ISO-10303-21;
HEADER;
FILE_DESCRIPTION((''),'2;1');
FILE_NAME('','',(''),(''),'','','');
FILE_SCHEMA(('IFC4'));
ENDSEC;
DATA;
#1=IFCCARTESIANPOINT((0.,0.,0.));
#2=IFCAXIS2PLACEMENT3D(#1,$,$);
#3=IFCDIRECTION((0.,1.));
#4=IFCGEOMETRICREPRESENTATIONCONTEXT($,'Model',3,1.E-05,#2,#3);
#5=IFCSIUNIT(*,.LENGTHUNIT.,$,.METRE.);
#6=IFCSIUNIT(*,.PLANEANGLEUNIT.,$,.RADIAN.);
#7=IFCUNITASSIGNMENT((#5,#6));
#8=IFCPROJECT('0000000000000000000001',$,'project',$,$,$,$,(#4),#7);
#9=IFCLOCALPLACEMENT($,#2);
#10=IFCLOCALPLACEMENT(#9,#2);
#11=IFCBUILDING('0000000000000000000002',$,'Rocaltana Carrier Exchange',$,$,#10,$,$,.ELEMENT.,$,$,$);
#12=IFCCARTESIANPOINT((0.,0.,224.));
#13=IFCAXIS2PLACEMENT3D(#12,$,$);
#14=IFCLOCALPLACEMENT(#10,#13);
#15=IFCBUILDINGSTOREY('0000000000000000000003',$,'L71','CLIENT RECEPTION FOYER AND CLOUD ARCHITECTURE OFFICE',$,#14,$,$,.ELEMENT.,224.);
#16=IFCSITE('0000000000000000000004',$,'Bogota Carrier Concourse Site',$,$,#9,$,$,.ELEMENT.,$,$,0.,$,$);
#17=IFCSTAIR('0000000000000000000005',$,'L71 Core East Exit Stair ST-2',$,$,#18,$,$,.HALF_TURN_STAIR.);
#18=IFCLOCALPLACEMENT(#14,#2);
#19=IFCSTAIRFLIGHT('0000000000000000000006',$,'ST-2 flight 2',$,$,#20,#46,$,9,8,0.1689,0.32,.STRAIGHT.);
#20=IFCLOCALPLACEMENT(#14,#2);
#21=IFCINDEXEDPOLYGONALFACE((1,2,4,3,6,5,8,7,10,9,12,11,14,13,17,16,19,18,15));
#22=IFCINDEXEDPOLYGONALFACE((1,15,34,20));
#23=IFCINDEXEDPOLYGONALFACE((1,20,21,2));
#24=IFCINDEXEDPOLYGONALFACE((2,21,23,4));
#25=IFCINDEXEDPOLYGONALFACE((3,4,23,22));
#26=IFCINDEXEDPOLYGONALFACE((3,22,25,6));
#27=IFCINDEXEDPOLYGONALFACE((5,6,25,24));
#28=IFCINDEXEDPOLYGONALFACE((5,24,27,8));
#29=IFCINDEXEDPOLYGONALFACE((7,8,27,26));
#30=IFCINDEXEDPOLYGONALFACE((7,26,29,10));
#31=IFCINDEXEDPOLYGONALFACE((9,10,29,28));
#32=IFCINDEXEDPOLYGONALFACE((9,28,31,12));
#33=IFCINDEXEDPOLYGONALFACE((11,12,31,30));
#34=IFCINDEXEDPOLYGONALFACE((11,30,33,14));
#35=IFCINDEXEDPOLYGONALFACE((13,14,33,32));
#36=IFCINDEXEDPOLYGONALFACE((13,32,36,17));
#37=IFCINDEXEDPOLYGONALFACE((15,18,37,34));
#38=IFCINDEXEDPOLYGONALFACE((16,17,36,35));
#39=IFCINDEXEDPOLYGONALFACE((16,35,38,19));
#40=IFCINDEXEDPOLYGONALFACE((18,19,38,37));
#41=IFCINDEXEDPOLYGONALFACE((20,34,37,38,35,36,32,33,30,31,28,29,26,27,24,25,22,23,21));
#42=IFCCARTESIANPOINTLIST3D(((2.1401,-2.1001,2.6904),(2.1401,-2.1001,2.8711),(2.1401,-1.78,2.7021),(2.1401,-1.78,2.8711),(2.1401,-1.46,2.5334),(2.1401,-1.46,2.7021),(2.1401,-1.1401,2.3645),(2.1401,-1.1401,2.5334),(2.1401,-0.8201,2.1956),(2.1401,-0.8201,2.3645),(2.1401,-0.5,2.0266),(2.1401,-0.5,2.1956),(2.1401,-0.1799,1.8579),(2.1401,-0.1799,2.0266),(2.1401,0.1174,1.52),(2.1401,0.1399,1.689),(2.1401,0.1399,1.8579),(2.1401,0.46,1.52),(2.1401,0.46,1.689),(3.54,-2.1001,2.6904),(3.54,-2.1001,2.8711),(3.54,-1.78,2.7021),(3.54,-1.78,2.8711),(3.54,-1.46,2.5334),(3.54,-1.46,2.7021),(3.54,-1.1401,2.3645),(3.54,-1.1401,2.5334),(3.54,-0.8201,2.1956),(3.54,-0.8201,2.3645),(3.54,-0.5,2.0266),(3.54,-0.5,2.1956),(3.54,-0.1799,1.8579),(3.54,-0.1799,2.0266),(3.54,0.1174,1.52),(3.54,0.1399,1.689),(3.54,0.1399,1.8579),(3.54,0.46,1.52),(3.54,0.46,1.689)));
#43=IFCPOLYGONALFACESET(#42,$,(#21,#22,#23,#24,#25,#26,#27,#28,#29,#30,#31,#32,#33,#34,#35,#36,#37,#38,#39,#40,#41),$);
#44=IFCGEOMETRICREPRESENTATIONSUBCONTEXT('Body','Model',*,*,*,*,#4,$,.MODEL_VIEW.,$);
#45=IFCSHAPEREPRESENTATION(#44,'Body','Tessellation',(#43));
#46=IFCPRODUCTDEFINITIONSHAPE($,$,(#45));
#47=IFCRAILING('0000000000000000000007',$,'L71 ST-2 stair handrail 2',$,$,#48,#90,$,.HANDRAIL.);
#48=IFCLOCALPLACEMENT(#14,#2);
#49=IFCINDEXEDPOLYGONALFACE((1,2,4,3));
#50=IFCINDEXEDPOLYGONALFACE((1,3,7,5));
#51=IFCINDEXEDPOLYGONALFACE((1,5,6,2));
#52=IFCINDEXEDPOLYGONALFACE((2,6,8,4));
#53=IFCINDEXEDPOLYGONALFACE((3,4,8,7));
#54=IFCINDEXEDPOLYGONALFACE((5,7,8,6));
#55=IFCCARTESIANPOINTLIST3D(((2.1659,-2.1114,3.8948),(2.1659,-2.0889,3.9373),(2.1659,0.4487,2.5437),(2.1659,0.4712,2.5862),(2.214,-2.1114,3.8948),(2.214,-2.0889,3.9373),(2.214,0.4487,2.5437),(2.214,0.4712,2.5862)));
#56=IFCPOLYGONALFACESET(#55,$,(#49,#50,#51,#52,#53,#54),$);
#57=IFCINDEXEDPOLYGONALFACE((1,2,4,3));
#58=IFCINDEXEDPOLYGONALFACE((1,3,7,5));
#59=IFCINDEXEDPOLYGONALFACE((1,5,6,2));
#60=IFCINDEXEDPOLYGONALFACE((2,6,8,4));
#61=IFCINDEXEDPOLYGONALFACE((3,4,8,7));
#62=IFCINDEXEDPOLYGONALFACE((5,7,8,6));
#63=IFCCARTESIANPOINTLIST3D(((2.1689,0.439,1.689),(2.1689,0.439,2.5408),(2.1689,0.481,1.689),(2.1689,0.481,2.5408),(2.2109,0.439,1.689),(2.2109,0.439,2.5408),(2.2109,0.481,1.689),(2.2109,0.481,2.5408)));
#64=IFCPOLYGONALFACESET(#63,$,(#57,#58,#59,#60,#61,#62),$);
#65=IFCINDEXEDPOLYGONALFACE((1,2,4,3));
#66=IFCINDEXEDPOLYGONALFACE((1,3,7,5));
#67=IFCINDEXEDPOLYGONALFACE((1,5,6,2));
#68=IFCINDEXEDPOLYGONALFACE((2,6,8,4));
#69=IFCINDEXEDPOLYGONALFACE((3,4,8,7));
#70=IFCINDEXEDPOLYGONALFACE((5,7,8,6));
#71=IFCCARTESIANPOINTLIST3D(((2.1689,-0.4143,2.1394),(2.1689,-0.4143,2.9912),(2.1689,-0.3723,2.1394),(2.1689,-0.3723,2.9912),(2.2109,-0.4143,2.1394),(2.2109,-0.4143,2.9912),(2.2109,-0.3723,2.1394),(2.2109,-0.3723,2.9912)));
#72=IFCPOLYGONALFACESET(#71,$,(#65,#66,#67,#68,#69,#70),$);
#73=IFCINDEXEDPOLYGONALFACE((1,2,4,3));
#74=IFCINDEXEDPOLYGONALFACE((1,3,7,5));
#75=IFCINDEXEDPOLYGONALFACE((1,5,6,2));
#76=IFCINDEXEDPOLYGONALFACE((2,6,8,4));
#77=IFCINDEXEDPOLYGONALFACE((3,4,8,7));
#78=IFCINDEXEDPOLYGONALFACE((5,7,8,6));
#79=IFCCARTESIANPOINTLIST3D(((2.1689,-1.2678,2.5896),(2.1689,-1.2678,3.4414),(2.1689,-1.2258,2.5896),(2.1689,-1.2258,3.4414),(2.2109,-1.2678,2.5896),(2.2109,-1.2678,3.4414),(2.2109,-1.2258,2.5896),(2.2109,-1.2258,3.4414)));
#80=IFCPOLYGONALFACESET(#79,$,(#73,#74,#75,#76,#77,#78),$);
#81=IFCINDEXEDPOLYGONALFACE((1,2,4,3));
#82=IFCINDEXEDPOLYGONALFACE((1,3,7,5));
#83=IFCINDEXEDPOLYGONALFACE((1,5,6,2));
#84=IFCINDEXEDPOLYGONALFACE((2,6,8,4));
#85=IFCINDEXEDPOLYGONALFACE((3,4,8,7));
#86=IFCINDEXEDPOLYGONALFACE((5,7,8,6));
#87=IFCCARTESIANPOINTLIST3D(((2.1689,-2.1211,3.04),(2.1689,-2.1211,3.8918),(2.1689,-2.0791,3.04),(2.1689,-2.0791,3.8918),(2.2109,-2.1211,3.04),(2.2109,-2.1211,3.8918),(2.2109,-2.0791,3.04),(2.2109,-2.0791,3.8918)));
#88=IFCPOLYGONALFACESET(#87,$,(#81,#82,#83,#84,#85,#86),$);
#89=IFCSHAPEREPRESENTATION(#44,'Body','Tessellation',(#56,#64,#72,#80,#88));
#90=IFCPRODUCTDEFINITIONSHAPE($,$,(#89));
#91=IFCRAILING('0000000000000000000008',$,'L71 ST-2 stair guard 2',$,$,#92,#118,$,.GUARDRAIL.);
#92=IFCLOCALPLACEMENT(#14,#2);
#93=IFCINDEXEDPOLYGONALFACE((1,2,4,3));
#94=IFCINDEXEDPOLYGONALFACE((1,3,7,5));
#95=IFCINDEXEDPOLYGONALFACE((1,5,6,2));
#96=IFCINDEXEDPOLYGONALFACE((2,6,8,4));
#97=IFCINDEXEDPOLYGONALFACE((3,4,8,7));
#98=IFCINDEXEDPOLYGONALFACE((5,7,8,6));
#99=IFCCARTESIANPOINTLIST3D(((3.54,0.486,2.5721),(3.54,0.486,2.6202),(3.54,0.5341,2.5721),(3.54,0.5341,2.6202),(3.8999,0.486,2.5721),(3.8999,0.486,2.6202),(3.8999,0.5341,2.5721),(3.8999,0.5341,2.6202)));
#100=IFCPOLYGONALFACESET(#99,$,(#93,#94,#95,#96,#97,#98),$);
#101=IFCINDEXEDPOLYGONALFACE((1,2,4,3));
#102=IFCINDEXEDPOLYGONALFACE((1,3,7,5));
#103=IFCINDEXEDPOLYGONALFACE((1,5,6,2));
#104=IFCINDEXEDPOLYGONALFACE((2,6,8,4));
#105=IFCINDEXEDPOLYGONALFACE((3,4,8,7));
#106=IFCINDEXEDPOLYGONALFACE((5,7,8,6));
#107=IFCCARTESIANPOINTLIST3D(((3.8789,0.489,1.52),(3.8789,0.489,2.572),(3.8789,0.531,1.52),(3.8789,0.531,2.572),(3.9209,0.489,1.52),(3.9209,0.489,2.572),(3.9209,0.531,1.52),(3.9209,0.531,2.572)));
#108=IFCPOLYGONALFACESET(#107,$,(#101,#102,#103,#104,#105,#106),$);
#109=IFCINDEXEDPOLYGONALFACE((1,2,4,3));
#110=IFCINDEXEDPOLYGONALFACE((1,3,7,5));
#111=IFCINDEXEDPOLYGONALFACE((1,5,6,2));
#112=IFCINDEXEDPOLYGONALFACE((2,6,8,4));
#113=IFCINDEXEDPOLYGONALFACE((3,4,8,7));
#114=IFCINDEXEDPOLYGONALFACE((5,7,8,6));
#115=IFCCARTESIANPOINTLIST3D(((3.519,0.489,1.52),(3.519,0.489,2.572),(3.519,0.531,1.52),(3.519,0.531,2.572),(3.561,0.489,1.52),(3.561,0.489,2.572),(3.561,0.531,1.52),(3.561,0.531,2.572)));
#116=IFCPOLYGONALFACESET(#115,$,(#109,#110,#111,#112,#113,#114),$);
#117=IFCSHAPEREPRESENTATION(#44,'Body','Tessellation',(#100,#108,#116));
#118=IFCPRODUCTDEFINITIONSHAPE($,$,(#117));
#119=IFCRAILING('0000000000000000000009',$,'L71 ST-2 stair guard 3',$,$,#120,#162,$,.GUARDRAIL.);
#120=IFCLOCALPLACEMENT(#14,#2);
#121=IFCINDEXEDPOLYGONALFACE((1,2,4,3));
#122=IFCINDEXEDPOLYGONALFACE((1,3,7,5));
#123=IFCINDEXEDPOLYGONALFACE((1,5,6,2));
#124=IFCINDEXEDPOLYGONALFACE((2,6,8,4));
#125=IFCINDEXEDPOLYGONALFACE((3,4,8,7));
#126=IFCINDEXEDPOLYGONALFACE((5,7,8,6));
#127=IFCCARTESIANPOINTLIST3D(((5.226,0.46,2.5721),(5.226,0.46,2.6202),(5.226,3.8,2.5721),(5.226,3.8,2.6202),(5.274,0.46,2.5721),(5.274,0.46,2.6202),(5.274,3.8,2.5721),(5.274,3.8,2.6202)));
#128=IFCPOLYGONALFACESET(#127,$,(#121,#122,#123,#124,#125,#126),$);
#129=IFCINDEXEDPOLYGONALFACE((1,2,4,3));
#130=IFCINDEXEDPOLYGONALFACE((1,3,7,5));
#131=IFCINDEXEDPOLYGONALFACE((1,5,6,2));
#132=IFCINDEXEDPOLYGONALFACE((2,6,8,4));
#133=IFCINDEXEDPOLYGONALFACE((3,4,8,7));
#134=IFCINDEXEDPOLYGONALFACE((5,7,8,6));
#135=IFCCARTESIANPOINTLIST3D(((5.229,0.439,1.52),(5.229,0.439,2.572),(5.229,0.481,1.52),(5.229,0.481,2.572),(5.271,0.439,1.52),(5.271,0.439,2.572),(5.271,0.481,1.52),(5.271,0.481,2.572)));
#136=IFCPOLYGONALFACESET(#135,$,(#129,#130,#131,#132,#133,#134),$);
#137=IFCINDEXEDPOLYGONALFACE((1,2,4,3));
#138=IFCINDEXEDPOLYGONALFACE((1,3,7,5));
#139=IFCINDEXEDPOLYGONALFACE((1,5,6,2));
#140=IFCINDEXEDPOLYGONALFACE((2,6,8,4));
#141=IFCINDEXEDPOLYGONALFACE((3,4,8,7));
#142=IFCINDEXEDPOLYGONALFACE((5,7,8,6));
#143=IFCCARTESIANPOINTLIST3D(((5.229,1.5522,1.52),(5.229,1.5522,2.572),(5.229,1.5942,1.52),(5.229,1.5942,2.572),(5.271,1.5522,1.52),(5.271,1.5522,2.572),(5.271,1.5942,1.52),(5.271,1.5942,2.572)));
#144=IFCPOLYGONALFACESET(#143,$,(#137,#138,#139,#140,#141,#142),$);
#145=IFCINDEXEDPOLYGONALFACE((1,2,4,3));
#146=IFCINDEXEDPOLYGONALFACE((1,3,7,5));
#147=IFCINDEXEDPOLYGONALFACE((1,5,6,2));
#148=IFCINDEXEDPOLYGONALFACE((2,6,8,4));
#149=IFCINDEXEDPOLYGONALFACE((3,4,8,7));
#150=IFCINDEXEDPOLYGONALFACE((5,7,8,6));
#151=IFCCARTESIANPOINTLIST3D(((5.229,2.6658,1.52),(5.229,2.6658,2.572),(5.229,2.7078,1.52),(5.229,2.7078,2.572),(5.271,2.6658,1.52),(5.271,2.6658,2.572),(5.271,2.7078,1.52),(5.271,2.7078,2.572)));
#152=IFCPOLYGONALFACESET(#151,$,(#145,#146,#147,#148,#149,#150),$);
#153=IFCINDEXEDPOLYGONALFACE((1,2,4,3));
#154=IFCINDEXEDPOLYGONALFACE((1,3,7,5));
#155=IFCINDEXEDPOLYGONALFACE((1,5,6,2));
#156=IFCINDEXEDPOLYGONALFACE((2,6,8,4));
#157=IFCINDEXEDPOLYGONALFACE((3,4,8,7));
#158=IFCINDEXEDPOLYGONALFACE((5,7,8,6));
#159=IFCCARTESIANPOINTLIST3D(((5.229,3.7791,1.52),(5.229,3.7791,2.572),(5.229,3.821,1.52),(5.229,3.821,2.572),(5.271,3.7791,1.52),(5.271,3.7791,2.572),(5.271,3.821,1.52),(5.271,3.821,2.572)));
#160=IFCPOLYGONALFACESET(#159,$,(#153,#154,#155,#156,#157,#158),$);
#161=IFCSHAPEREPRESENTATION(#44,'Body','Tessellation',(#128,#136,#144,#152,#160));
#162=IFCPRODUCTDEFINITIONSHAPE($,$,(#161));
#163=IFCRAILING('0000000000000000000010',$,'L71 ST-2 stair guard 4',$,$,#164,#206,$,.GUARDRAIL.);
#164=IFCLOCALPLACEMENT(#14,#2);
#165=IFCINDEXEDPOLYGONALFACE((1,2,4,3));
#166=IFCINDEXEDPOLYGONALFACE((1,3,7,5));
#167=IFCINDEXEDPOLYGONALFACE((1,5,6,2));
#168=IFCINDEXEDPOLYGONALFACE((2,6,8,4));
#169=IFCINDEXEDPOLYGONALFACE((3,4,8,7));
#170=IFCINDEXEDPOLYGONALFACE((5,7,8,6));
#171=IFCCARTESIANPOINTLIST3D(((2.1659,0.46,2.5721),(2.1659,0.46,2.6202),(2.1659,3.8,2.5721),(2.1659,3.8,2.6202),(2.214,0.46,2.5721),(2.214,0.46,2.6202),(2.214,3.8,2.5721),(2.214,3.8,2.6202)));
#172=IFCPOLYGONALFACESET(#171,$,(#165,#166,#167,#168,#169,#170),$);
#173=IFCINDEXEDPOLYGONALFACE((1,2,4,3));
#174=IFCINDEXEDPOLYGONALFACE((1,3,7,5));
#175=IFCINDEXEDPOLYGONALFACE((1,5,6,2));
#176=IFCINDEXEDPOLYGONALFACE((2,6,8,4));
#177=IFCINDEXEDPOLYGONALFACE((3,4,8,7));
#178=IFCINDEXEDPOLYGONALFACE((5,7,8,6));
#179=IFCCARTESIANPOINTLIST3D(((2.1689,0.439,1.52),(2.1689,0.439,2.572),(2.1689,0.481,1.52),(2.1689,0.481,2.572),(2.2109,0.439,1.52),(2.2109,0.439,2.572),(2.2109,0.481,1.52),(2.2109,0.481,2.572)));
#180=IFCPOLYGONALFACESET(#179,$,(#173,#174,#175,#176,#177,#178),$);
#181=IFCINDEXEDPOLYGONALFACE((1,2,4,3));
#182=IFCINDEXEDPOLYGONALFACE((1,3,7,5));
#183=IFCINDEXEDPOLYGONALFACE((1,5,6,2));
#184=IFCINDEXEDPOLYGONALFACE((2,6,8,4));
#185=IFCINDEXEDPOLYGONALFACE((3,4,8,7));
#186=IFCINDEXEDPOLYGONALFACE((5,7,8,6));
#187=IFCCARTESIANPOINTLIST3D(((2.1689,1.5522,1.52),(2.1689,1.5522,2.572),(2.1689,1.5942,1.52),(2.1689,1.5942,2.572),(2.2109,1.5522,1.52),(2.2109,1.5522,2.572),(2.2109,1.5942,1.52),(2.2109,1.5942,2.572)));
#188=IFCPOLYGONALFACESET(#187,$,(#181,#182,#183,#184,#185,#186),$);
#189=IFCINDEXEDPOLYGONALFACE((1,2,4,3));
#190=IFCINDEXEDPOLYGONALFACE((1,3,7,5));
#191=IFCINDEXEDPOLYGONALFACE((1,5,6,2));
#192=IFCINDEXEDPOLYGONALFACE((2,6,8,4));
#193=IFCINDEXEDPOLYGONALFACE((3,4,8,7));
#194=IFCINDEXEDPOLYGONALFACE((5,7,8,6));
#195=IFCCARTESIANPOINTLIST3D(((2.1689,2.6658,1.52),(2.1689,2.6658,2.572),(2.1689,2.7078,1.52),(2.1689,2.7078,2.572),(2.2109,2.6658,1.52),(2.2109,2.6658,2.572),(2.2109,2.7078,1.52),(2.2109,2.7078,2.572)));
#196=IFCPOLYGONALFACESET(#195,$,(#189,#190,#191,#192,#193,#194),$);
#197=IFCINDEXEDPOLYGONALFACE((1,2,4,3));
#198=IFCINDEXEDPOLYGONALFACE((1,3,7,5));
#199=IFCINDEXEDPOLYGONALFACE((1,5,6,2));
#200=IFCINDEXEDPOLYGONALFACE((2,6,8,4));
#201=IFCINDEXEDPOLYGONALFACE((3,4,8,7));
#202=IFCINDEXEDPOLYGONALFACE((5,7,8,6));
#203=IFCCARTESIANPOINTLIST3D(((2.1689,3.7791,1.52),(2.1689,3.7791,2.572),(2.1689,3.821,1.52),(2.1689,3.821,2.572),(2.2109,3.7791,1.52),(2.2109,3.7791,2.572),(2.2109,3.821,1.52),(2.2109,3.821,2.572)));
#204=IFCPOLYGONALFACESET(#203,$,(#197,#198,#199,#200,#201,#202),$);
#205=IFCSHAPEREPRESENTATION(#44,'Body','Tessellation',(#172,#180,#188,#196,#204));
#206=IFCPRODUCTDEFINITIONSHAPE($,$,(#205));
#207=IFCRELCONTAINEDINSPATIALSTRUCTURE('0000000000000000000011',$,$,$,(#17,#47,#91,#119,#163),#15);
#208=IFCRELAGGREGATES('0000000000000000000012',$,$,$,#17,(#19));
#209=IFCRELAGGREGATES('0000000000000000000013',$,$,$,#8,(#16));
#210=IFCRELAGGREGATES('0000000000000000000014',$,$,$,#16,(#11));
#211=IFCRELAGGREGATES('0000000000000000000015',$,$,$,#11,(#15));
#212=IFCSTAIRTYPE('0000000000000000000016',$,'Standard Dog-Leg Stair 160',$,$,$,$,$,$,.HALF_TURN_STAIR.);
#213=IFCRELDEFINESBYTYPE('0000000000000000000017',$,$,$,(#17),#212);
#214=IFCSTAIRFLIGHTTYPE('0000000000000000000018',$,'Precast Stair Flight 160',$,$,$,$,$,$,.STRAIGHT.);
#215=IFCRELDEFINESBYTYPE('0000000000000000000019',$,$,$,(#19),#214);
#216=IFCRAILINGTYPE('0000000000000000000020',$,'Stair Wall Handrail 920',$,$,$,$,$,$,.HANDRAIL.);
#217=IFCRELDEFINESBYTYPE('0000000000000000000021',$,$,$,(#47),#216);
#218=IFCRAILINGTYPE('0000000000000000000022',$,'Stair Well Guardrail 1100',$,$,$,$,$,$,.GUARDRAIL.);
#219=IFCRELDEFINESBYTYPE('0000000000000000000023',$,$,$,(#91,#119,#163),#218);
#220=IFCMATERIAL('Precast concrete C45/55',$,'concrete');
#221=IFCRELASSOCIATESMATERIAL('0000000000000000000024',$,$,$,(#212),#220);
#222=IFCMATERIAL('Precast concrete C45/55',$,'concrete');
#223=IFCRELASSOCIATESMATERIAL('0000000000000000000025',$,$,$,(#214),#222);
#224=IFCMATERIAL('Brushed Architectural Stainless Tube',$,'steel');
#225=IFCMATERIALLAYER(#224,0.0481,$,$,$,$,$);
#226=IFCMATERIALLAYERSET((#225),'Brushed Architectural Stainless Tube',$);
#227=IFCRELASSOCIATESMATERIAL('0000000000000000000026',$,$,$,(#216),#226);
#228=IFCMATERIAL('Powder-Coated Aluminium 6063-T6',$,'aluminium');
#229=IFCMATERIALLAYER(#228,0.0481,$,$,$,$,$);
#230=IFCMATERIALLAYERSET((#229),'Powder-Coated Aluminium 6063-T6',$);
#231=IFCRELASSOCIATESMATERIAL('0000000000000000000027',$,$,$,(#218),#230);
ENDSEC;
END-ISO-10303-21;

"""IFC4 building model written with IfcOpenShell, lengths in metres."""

from ifc_helpers import new_model, si_unit, direction, frame, origin, origin_2d, place, context, subcontext, project, spatial, polyline, rectangle, outline, extrude, material, layer, layer_set, type_object, element, aggregate, save


model = new_model("IFC4")

# Units and contexts
model_context = context("Model", 3, precision=1e-05, world=origin(), true_north=direction((0.0, 1.0)))
body_context = subcontext(model_context, "Body", "Model", "MODEL_VIEW")
ifc_project = project(units=[si_unit("LENGTHUNIT", "METRE"), si_unit("PLANEANGLEUNIT", "RADIAN")], contexts=[model_context])

# Site, building, storey
site_placement = place(None, origin())
site = spatial("IfcSite", under=ifc_project, at=site_placement, Name="Bogota Carrier Concourse Site", CompositionType="ELEMENT", RefElevation=0.0)
building_placement = place(site_placement, origin())
building = spatial("IfcBuilding", under=site, at=building_placement, Name="Rocaltana Carrier Exchange", CompositionType="ELEMENT")
storey_placement = place(building_placement, frame((0.0, 0.0, 224.0)))
storey = spatial("IfcBuildingStorey", under=building, at=storey_placement, Name="L71", Description="CLIENT RECEPTION FOYER AND CLOUD ARCHITECTURE OFFICE", CompositionType="ELEMENT", Elevation=224.0)

# Stair, stair flight
ifc_material_1 = material(Name="Precast concrete C45/55", Category="concrete")
stair_type = type_object("IfcStairType", Name="Standard Dog-Leg Stair 160", PredefinedType="HALF_TURN_STAIR", material=ifc_material_1)
stair_placement = place(storey_placement, origin())
stair = element("IfcStair", 1, at=stair_placement, inside=storey, type_object=stair_type, Name="L71 Core East Exit Stair ST-2", PredefinedType="HALF_TURN_STAIR")
ifc_material_2 = material(Name="Precast concrete C45/55", Category="concrete")
stair_flight_type = type_object("IfcStairFlightType", Name="Precast Stair Flight 160", PredefinedType="STRAIGHT", material=ifc_material_2)
stair_flight_placement = place(storey_placement, frame((2.8401, 0.46, 1.52), z_axis=(0.0, 0.0, 1.0), x_axis=(0.0, -1.0, 0.0)))
stair_flight = element("IfcStairFlight", 2, at=stair_flight_placement, type_object=stair_flight_type, Name="ST-2 flight 2", NumberOfRisers=9, NumberOfTreads=8, PredefinedType="STRAIGHT", RiserHeight=0.1689, TreadLength=0.32, context=body_context, shape_type="SweptSolid", body=[
    extrude(outline(polyline([(0.0, 0.0), (0.0, 0.1689), (0.3201, 0.1689), (0.3201, 0.3379), (0.6399, 0.3379), (0.6399, 0.5066), (0.96, 0.5066), (0.96, 0.6755), (1.28, 0.6755), (1.28, 0.8445), (1.6001, 0.8445), (1.6001, 1.0134), (1.9199, 1.0134), (1.9199, 1.1821), (2.24, 1.1821), (2.24, 1.3511), (2.5601, 1.3511), (2.5601, 1.52), (2.5601, 1.1704), (0.3425, 0.0), (0.0, 0.0)])), frame((0.0, 0.7, 0.0), z_axis=(0.0, -1.0, 0.0), x_axis=(1.0, 0.0, 0.0)), (0.0, 0.0, 1.0), 1.3999),
])
aggregate(stair, [stair_flight])

# Railings
ifc_material_3 = material(Name="Brushed Architectural Stainless Tube", Category="steel")
ifc_layer_1 = layer(ifc_material_3, 0.0481)
ifc_layer_set_1 = layer_set([ifc_layer_1], Name="Brushed Architectural Stainless Tube")
railing_type_1 = type_object("IfcRailingType", Name="Stair Wall Handrail 920", PredefinedType="HANDRAIL", material=ifc_layer_set_1)
railing_1_placement = place(storey_placement, frame((2.1899, 0.46, 1.689)))
element("IfcRailing", 3, at=railing_1_placement, inside=storey, type_object=railing_type_1, Name="L71 ST-2 stair handrail 2", PredefinedType="HANDRAIL", context=body_context, shape_type="SweptSolid", body=[
    extrude(rectangle(XDim=0.0481, YDim=0.0481, at=origin_2d()), frame((0.0, 0.0, 0.876), z_axis=(0.0, -0.884394, 0.46674), x_axis=(1.0, 0.0, 0.0)), (0.0, 0.0, 1.0), 2.8948),
    extrude(rectangle(XDim=0.042, YDim=0.042, at=origin_2d()), origin(), (0.0, 0.0, 1.0), 0.8518),
    extrude(rectangle(XDim=0.042, YDim=0.042, at=origin_2d()), frame((0.0, -0.8533, 0.4504)), (0.0, 0.0, 1.0), 0.8518),
    extrude(rectangle(XDim=0.042, YDim=0.042, at=origin_2d()), frame((0.0, -1.7068, 0.9006)), (0.0, 0.0, 1.0), 0.8518),
    extrude(rectangle(XDim=0.042, YDim=0.042, at=origin_2d()), frame((0.0, -2.5601, 1.3511)), (0.0, 0.0, 1.0), 0.8518),
])
ifc_material_4 = material(Name="Powder-Coated Aluminium 6063-T6", Category="aluminium")
ifc_layer_2 = layer(ifc_material_4, 0.0481)
ifc_layer_set_2 = layer_set([ifc_layer_2], Name="Powder-Coated Aluminium 6063-T6")
railing_type_2 = type_object("IfcRailingType", Name="Stair Well Guardrail 1100", PredefinedType="GUARDRAIL", material=ifc_layer_set_2)
railing_2_placement = place(storey_placement, frame((3.8999, 0.51, 1.52)))
element("IfcRailing", 4, at=railing_2_placement, inside=storey, type_object=railing_type_2, Name="L71 ST-2 stair guard 2", PredefinedType="GUARDRAIL", context=body_context, shape_type="SweptSolid", body=[
    extrude(rectangle(XDim=0.0481, YDim=0.0481, at=origin_2d()), frame((0.0, 0.0, 1.0762), z_axis=(-1.0, 0.0, 0.0), x_axis=(0.0, -1.0, 0.0)), (0.0, 0.0, 1.0), 0.3599),
    extrude(rectangle(XDim=0.042, YDim=0.042, at=origin_2d()), origin(), (0.0, 0.0, 1.0), 1.052),
    extrude(rectangle(XDim=0.042, YDim=0.042, at=origin_2d()), frame((-0.3599, 0.0, 0.0)), (0.0, 0.0, 1.0), 1.052),
])
for number, where, name in (
    (5, (5.25, 0.46, 1.52), "L71 ST-2 stair guard 3"),
    (6, (2.1899, 0.46, 1.52), "L71 ST-2 stair guard 4"),
):
    element("IfcRailing", number, at=place(storey_placement, frame(where)), inside=storey, type_object=railing_type_2, Name=name, PredefinedType="GUARDRAIL", context=body_context, shape_type="SweptSolid", body=[
        extrude(rectangle(XDim=0.0481, YDim=0.0481, at=origin_2d()), frame((0.0, 0.0, 1.0762), z_axis=(0.0, 1.0, 0.0), x_axis=(-1.0, 0.0, 0.0)), (0.0, 0.0, 1.0), 3.3401),
        extrude(rectangle(XDim=0.042, YDim=0.042, at=origin_2d()), origin(), (0.0, 0.0, 1.0), 1.052),
        extrude(rectangle(XDim=0.042, YDim=0.042, at=origin_2d()), frame((0.0, 1.1133, 0.0)), (0.0, 0.0, 1.0), 1.052),
        extrude(rectangle(XDim=0.042, YDim=0.042, at=origin_2d()), frame((0.0, 2.2268, 0.0)), (0.0, 0.0, 1.0), 1.052),
        extrude(rectangle(XDim=0.042, YDim=0.042, at=origin_2d()), frame((0.0, 3.3401, 0.0)), (0.0, 0.0, 1.0), 1.052),
    ])

save(model, "model.ifc")
